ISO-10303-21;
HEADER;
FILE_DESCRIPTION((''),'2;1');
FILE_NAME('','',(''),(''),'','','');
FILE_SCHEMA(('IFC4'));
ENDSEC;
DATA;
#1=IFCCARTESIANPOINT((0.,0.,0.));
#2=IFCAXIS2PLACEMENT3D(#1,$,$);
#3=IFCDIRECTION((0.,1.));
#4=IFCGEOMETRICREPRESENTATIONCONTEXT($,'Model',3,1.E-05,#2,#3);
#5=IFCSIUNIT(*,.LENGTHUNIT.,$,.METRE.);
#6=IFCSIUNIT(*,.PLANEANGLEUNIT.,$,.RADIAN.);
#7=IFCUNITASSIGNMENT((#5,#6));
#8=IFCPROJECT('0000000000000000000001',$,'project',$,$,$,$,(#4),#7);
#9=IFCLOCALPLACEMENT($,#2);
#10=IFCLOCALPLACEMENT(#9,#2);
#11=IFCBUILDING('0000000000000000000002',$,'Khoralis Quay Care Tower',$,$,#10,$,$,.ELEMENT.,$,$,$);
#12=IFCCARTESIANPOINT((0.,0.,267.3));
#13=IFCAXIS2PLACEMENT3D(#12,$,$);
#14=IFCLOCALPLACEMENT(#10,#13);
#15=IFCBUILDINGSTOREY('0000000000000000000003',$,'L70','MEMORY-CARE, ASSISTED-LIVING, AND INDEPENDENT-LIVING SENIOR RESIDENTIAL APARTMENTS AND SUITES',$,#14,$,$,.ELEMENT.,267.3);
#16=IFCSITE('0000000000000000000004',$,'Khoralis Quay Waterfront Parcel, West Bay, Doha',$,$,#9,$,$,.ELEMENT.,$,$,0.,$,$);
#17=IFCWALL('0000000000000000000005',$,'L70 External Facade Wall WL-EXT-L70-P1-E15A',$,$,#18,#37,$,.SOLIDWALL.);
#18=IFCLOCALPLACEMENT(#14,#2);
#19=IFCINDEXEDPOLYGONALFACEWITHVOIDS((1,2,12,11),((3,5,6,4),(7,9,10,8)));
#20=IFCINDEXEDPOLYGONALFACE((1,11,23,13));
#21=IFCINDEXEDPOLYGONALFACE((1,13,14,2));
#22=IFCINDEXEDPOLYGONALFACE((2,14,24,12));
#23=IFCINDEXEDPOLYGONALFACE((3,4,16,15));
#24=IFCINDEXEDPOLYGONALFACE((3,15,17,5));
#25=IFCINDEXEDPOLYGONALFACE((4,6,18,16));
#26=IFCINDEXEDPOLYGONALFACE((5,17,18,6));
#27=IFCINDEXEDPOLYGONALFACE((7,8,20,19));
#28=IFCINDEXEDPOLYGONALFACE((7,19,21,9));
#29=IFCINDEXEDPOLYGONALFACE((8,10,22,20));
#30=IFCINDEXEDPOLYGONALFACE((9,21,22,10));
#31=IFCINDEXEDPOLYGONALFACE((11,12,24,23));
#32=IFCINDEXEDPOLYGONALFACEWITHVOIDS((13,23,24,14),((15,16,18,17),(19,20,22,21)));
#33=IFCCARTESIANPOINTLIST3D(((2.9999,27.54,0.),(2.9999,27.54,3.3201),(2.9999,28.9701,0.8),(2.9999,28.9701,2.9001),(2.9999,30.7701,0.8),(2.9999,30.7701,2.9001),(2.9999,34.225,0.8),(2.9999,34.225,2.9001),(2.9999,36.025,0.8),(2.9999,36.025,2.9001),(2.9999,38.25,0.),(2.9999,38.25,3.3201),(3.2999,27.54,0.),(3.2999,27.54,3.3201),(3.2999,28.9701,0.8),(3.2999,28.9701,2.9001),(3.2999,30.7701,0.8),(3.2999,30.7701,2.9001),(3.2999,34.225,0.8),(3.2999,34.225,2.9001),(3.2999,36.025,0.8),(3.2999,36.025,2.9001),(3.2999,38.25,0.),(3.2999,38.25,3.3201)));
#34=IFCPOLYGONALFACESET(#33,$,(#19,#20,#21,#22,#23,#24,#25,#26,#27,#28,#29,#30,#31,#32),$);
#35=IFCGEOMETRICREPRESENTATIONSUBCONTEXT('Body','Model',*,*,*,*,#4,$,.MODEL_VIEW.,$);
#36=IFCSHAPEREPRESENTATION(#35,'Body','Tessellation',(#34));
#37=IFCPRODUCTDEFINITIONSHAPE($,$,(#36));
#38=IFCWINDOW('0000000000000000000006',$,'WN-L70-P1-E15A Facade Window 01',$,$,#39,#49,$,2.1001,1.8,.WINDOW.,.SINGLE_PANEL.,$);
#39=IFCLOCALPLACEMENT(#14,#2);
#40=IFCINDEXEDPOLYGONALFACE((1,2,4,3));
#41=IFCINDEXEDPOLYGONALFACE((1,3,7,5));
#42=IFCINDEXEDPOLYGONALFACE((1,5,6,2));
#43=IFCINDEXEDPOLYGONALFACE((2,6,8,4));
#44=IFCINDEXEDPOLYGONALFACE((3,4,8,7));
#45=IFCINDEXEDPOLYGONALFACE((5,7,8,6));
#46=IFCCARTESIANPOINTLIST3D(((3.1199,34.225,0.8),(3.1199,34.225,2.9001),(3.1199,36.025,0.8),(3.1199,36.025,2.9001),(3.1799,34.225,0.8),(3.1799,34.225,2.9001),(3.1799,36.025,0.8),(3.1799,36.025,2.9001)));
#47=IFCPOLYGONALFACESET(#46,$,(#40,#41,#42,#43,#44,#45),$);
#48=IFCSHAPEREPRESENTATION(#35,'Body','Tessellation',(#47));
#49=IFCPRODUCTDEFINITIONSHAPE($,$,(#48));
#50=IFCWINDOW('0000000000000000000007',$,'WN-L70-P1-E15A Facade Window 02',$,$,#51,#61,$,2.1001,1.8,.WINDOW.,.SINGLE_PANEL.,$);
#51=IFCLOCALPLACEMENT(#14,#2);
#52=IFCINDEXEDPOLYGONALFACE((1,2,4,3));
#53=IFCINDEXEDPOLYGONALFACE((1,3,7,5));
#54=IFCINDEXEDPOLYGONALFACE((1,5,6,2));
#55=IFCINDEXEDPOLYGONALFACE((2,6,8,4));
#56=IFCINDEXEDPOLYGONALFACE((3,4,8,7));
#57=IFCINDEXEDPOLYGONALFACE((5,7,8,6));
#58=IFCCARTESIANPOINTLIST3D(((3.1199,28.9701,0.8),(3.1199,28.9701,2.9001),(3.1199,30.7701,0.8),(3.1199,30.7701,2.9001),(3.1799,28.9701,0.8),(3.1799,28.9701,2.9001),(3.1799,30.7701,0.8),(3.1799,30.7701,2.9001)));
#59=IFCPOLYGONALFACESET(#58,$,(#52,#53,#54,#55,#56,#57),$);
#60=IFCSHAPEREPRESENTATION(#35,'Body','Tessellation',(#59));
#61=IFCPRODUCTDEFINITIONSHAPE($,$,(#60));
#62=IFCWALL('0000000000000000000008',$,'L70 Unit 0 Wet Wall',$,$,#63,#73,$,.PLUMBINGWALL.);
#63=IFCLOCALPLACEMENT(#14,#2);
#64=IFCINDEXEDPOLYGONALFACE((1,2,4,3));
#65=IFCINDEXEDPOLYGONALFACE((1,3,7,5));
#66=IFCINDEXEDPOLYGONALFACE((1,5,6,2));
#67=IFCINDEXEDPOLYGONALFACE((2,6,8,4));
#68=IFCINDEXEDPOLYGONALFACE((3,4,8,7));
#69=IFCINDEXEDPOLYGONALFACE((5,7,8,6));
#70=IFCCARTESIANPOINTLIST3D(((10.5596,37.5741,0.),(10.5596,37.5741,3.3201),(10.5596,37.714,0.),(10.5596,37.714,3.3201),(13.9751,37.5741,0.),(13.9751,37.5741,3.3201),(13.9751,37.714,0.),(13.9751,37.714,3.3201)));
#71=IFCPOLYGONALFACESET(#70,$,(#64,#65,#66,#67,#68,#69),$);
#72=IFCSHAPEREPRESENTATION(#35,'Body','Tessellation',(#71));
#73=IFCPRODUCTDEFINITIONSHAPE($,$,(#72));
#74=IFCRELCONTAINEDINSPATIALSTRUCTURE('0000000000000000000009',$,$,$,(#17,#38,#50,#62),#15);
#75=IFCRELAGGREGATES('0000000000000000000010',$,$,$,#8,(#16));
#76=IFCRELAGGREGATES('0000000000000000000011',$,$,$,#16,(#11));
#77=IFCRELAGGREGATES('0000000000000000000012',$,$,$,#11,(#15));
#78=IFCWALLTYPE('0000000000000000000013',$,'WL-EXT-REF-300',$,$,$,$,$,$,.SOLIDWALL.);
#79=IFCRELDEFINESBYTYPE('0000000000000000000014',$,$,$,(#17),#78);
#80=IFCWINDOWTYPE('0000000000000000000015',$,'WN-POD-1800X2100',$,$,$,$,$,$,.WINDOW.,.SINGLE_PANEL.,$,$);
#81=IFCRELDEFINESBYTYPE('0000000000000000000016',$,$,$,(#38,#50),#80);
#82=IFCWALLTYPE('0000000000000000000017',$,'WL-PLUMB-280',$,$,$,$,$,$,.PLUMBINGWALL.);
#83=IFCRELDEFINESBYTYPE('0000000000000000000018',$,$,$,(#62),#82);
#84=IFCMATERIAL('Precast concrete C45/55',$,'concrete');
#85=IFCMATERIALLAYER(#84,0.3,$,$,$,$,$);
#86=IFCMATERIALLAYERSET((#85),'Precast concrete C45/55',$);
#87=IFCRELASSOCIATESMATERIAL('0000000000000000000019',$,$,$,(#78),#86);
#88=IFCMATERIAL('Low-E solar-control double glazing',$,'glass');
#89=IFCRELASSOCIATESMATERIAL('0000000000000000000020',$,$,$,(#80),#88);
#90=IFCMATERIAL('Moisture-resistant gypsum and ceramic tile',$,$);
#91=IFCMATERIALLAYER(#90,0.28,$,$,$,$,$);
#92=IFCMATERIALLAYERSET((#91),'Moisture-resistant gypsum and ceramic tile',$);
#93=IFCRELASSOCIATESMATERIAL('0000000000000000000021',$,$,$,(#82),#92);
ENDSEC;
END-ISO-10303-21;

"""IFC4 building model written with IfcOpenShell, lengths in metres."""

from ifc_helpers import new_model, si_unit, direction, frame, frame_2d, origin, place, context, subcontext, project, spatial, rectangle, extrude, source, transform, mapped, material, layer, layer_set, type_object, element, fill, save


model = new_model("IFC4")

# Units and contexts
model_context = context("Model", 3, precision=1e-05, world=origin(), true_north=direction((0.0, 1.0)))
body_context = subcontext(model_context, "Body", "Model", "MODEL_VIEW")
ifc_project = project(units=[si_unit("LENGTHUNIT", "METRE"), si_unit("PLANEANGLEUNIT", "RADIAN")], contexts=[model_context])

# Site, building, storey
site_placement = place(None, origin())
site = spatial("IfcSite", under=ifc_project, at=site_placement, Name="Khoralis Quay Waterfront Parcel, West Bay, Doha", CompositionType="ELEMENT", RefElevation=0.0)
building_placement = place(site_placement, origin())
building = spatial("IfcBuilding", under=site, at=building_placement, Name="Khoralis Quay Care Tower", CompositionType="ELEMENT")
storey_placement = place(building_placement, frame((0.0, 0.0, 267.3)))
storey = spatial("IfcBuildingStorey", under=building, at=storey_placement, Name="L70", Description="MEMORY-CARE, ASSISTED-LIVING, AND INDEPENDENT-LIVING SENIOR RESIDENTIAL APARTMENTS AND SUITES", CompositionType="ELEMENT", Elevation=267.3)

# Shared definitions
ifc_material_1 = material(Name="Precast concrete C45/55", Category="concrete")
ifc_layer_1 = layer(ifc_material_1, 0.3)
ifc_layer_set_1 = layer_set([ifc_layer_1], Name="Precast concrete C45/55")
wall_type_1 = type_object("IfcWallType", Name="WL-EXT-REF-300", PredefinedType="SOLIDWALL", material=ifc_layer_set_1)

# Wall, openings, windows
wall_1_placement = place(storey_placement, frame((3.1499, 38.25, 0.0), z_axis=(0.0, 0.0, 1.0), x_axis=(0.0, -1.0, 0.0)))
wall_1 = element("IfcWall", 1, at=wall_1_placement, inside=storey, type_object=wall_type_1, Name="L70 External Facade Wall WL-EXT-L70-P1-E15A", PredefinedType="SOLIDWALL", context=body_context, shape_type="SweptSolid", body=[
    extrude(rectangle(XDim=10.71, YDim=0.3, at=frame_2d((5.355, 0.0))), origin(), (0.0, 0.0, 1.0), 3.3201),
])
opening_1_placement = place(wall_1_placement, frame((2.2251, 0.0, 0.8)))
opening_1 = element("IfcOpeningElement", 2, at=opening_1_placement, cuts=wall_1, PredefinedType="OPENING", context=body_context, shape_type="SweptSolid", body=[
    extrude(rectangle(XDim=1.8, YDim=2.1001, at=frame_2d((0.8999, 1.05))), frame((0.0, 0.1602, 0.0), z_axis=(0.0, -1.0, 0.0), x_axis=(1.0, 0.0, 0.0)), (0.0, 0.0, 1.0), 0.3201),
])
opening_2_placement = place(wall_1_placement, frame((7.48, 0.0, 0.8)))
opening_2 = element("IfcOpeningElement", 3, at=opening_2_placement, cuts=wall_1, PredefinedType="OPENING", context=body_context, shape_type="SweptSolid", body=[
    extrude(rectangle(XDim=1.8, YDim=2.1001, at=frame_2d((0.8999, 1.05))), frame((0.0, 0.1602, 0.0), z_axis=(0.0, -1.0, 0.0), x_axis=(1.0, 0.0, 0.0)), (0.0, 0.0, 1.0), 0.3201),
])
ifc_material_2 = material(Name="Low-E solar-control double glazing", Category="glass")
window_type = type_object("IfcWindowType", Name="WN-POD-1800X2100", PartitioningType="SINGLE_PANEL", PredefinedType="WINDOW", material=ifc_material_2)
shared_shape_1 = source(origin(), body_context, "Body", "SweptSolid", [
    extrude(rectangle(XDim=1.8, YDim=2.1001, at=frame_2d((0.8999, 1.05))), frame((0.0, 0.03, 0.0), z_axis=(0.0, -1.0, 0.0), x_axis=(1.0, 0.0, 0.0)), (0.0, 0.0, 1.0), 0.0601),
])
window_1_placement = place(opening_1_placement, origin())
window_1 = element("IfcWindow", 4, at=window_1_placement, inside=storey, type_object=window_type, Name="WN-L70-P1-E15A Facade Window 01", OverallHeight=2.1001, OverallWidth=1.8, PartitioningType="SINGLE_PANEL", PredefinedType="WINDOW", context=body_context, shape_type="MappedRepresentation", body=[
    mapped(shared_shape_1, transform((0.0, 0.0, 0.0), scale=1.0)),
])
fill(opening_1, window_1)
window_2_placement = place(opening_2_placement, origin())
window_2 = element("IfcWindow", 5, at=window_2_placement, inside=storey, type_object=window_type, Name="WN-L70-P1-E15A Facade Window 02", OverallHeight=2.1001, OverallWidth=1.8, PartitioningType="SINGLE_PANEL", PredefinedType="WINDOW", context=body_context, shape_type="MappedRepresentation", body=[
    mapped(shared_shape_1, transform((0.0, 0.0, 0.0), scale=1.0)),
])
fill(opening_2, window_2)

# Wall
ifc_material_3 = material(Name="Moisture-resistant gypsum and ceramic tile")
ifc_layer_2 = layer(ifc_material_3, 0.28)
ifc_layer_set_2 = layer_set([ifc_layer_2], Name="Moisture-resistant gypsum and ceramic tile")
wall_type_2 = type_object("IfcWallType", Name="WL-PLUMB-280", PredefinedType="PLUMBINGWALL", material=ifc_layer_set_2)
wall_2_placement = place(storey_placement, frame((10.5596, 37.644, 0.0), z_axis=(0.0, 0.0, 1.0), x_axis=(1.0, 0.0, 0.0)))
element("IfcWall", 6, at=wall_2_placement, inside=storey, type_object=wall_type_2, Name="L70 Unit 0 Wet Wall", PredefinedType="PLUMBINGWALL", context=body_context, shape_type="SweptSolid", body=[
    extrude(rectangle(XDim=3.4155, YDim=0.1399, at=frame_2d((1.7078, 0.0))), origin(), (0.0, 0.0, 1.0), 3.3201),
])

save(model, "model.ifc")
